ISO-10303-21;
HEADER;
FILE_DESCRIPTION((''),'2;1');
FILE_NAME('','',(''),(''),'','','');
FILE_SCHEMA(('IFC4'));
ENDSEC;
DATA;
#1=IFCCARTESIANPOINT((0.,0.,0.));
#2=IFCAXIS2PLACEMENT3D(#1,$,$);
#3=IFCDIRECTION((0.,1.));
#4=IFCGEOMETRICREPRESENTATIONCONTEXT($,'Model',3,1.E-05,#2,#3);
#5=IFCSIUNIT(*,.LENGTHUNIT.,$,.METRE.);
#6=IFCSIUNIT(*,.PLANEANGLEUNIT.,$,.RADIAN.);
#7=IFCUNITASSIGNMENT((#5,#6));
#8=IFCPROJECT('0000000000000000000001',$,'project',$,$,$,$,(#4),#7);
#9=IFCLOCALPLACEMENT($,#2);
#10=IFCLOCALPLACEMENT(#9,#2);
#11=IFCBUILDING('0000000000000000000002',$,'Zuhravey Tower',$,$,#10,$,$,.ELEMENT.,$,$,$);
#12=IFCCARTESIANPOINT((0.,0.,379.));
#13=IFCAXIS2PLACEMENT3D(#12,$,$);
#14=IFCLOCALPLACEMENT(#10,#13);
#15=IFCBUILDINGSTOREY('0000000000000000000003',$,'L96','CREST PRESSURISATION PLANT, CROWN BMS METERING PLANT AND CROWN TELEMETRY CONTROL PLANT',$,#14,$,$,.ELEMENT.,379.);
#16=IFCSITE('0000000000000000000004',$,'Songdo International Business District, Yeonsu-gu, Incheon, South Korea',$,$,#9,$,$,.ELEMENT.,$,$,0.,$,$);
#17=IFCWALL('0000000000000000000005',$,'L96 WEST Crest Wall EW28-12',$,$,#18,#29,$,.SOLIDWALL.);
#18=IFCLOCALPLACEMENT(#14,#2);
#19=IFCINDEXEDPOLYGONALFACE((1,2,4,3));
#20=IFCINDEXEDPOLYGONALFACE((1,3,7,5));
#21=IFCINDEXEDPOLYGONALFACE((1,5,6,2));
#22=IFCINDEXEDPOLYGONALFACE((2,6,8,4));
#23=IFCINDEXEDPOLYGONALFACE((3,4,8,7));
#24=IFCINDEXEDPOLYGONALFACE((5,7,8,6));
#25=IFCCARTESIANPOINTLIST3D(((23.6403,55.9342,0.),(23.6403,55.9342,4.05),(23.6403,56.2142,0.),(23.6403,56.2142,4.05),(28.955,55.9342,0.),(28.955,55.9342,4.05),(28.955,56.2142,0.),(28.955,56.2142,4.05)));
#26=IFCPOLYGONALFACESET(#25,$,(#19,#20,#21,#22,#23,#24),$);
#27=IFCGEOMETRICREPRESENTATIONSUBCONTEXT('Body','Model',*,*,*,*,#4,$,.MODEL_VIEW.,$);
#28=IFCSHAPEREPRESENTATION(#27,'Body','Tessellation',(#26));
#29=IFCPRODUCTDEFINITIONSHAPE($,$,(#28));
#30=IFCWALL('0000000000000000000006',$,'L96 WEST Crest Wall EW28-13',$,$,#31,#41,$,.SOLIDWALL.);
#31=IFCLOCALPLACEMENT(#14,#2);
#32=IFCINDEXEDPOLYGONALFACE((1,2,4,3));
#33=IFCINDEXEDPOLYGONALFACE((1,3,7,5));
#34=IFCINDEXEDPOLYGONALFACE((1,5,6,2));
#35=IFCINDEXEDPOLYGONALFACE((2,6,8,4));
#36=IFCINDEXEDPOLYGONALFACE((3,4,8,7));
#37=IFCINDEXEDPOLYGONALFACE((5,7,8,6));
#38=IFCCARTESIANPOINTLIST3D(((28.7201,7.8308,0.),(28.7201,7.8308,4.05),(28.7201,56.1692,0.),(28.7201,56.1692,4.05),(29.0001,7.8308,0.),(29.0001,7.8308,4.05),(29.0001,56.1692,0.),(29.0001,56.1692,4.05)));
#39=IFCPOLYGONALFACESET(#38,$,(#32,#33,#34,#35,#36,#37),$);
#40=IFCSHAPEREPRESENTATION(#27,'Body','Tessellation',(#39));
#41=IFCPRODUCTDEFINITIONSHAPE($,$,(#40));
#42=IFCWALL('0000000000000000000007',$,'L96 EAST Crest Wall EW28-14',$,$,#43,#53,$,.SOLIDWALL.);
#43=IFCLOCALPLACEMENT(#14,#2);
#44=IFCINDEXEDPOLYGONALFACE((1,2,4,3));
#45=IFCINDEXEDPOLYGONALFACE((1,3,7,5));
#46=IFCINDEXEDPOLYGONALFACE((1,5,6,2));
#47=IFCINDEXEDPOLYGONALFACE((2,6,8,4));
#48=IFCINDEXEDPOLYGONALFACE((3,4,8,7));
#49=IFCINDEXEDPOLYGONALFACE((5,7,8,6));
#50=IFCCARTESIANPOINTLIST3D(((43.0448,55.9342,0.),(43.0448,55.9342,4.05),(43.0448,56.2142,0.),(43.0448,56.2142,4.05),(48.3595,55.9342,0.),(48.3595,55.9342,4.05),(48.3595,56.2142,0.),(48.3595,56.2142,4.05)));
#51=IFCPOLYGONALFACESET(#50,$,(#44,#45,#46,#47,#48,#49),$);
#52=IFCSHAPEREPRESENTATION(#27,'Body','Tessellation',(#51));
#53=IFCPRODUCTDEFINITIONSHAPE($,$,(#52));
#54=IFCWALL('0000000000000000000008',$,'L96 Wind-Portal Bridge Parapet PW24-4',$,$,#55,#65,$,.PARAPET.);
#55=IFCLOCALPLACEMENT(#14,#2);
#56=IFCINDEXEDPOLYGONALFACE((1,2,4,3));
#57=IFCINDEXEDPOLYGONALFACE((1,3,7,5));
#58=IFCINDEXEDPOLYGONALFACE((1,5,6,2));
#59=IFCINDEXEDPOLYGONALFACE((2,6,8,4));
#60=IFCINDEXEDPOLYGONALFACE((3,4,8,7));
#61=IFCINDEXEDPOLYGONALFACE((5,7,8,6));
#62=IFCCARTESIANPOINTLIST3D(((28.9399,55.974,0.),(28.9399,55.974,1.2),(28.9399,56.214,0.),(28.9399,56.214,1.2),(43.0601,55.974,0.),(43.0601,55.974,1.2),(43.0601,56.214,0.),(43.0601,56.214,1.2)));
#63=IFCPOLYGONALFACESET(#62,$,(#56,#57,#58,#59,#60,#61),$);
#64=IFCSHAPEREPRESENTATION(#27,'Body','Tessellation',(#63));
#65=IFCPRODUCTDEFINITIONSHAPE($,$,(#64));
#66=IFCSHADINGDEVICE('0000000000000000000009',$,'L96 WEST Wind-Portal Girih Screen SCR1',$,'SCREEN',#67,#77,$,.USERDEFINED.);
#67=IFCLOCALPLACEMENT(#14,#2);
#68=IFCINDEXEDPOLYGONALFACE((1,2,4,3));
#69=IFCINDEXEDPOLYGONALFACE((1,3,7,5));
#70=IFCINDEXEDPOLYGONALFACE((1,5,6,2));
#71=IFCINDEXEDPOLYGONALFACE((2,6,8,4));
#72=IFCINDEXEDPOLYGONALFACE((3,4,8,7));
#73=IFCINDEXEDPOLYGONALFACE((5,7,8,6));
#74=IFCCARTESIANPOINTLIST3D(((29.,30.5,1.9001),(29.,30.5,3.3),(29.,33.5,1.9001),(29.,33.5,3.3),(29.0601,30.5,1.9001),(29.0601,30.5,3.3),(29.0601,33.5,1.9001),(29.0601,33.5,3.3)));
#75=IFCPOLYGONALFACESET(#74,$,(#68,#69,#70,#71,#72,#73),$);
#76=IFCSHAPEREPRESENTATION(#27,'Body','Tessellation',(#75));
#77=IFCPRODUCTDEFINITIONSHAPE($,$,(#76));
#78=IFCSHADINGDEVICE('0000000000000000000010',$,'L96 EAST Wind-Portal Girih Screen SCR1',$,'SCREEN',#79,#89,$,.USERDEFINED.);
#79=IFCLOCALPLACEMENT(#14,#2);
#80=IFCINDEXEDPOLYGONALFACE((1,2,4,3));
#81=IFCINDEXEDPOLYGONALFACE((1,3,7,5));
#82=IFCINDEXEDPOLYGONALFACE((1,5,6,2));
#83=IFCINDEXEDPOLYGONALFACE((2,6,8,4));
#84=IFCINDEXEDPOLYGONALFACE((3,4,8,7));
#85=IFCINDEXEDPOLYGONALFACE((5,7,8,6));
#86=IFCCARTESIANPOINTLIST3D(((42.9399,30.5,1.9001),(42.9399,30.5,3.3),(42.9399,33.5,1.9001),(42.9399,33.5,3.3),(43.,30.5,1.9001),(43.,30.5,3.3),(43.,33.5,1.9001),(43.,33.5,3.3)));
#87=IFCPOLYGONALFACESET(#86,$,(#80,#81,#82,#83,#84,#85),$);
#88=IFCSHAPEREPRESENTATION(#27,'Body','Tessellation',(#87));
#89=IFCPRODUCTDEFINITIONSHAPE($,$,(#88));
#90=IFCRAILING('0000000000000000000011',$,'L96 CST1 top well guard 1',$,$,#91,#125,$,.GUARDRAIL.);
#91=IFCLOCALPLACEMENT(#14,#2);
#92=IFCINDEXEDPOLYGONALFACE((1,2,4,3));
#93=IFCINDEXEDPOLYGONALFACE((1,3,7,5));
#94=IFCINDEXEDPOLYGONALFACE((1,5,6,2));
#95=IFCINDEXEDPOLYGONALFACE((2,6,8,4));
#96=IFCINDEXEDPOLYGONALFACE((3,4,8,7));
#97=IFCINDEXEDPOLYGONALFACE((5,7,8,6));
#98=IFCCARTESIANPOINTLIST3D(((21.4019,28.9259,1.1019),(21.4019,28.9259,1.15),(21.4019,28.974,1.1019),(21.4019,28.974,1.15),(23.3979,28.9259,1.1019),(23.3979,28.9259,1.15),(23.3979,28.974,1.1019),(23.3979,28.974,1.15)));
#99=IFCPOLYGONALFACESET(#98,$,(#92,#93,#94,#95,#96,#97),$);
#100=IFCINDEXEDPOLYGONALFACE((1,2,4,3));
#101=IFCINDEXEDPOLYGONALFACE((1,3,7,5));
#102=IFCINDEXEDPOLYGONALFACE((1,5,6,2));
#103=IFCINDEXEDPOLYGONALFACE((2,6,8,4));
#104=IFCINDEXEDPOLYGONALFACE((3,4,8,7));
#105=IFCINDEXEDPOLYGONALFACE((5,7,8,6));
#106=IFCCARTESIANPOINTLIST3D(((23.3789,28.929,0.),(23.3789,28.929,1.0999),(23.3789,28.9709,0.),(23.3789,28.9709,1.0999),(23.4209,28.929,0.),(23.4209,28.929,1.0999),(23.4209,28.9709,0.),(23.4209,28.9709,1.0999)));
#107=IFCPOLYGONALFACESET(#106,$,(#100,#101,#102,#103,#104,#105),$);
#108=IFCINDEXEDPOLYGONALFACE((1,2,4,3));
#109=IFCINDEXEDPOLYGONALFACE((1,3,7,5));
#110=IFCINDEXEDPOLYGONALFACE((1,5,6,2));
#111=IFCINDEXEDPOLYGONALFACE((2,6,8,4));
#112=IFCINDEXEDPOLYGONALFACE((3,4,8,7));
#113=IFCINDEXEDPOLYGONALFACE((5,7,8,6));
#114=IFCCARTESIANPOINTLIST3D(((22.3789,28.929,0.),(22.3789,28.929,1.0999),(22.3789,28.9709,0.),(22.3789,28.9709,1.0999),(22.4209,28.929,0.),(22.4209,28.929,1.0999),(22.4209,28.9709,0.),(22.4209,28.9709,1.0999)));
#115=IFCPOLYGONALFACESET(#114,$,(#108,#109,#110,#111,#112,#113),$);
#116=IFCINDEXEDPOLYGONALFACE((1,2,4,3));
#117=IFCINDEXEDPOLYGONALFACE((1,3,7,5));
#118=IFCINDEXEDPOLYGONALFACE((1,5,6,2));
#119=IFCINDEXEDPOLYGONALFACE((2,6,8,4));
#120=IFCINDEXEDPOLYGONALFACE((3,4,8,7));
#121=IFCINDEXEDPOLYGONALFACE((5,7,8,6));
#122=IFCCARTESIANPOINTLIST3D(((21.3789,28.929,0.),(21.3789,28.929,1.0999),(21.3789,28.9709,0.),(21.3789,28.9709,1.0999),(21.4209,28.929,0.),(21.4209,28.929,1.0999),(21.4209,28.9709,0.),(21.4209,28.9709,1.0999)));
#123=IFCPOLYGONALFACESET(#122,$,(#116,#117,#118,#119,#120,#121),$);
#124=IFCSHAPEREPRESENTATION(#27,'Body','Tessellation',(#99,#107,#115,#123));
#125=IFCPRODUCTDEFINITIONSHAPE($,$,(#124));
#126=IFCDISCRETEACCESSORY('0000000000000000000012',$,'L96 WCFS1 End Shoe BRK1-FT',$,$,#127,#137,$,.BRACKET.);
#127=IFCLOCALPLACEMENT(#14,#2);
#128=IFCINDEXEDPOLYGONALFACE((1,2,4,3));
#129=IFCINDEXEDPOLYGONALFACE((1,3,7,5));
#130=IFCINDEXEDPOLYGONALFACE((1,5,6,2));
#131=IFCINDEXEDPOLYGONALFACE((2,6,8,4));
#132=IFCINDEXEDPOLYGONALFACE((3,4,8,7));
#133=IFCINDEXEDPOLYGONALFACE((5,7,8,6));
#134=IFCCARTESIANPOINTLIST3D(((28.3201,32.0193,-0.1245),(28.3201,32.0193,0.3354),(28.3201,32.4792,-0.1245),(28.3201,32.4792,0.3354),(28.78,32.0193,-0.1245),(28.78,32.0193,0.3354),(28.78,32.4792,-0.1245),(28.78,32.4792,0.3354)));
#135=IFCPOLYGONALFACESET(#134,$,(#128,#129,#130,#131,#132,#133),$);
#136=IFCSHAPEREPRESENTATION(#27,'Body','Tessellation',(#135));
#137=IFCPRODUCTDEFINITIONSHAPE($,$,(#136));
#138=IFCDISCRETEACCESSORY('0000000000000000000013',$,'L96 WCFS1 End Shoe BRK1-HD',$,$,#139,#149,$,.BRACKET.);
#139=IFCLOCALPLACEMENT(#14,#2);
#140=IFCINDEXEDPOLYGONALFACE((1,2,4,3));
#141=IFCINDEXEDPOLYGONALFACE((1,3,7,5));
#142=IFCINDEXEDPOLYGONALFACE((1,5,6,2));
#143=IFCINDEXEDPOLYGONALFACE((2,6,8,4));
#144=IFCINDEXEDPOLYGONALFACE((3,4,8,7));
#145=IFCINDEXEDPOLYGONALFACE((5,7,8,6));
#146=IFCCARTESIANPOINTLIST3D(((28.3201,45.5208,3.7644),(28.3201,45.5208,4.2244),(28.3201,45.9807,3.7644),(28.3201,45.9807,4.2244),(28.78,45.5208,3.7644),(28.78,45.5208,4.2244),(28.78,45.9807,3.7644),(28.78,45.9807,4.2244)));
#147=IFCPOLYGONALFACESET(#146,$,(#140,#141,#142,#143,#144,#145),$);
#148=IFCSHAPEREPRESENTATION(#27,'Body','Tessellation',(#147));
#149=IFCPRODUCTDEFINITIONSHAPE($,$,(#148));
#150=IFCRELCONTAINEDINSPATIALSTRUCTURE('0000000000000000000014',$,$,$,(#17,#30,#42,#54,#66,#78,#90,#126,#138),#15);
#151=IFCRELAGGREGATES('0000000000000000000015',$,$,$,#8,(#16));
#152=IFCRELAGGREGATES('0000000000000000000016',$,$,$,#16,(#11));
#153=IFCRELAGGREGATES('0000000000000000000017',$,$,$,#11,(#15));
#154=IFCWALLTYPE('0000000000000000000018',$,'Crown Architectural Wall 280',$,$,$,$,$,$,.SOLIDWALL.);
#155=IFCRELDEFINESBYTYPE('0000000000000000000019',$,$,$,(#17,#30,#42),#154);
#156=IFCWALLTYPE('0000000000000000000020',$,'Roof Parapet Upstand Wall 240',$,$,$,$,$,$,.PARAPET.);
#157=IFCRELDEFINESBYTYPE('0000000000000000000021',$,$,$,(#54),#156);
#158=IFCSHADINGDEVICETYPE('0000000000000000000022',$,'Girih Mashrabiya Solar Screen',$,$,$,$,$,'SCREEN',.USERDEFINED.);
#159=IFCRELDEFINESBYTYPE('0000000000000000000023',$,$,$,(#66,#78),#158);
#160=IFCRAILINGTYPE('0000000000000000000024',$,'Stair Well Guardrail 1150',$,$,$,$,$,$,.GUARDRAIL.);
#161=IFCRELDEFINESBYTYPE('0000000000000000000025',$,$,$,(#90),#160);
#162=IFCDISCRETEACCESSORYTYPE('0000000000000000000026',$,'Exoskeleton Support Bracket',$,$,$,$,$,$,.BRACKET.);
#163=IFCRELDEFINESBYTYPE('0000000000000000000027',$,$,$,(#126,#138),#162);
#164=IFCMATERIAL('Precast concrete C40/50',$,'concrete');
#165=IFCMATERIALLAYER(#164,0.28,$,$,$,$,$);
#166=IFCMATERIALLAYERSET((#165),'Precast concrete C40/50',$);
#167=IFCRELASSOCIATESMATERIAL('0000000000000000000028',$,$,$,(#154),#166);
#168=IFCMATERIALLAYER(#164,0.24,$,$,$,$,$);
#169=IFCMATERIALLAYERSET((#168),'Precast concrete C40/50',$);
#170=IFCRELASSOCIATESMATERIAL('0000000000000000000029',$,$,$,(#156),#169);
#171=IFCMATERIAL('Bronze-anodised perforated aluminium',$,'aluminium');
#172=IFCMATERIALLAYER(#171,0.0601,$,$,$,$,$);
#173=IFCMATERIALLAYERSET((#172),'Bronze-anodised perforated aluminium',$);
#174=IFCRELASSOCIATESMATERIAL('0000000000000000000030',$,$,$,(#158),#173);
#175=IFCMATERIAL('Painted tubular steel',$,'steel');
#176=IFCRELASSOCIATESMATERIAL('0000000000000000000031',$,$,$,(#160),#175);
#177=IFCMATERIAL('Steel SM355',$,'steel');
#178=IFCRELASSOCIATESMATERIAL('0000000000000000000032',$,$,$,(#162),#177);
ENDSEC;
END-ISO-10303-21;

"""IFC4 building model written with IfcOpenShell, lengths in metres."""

from ifc_helpers import new_model, si_unit, direction, frame, frame_2d, origin, origin_2d, place, context, subcontext, project, spatial, rectangle, extrude, material, layer, layer_set, type_object, element, save


model = new_model("IFC4")

# Units and contexts
model_context = context("Model", 3, precision=1e-05, world=origin(), true_north=direction((0.0, 1.0)))
body_context = subcontext(model_context, "Body", "Model", "MODEL_VIEW")
ifc_project = project(units=[si_unit("LENGTHUNIT", "METRE"), si_unit("PLANEANGLEUNIT", "RADIAN")], contexts=[model_context])

# Site, building, storey
site_placement = place(None, origin())
site = spatial("IfcSite", under=ifc_project, at=site_placement, Name="Songdo International Business District, Yeonsu-gu, Incheon, South Korea", CompositionType="ELEMENT", RefElevation=0.0)
building_placement = place(site_placement, origin())
building = spatial("IfcBuilding", under=site, at=building_placement, Name="Zuhravey Tower", CompositionType="ELEMENT")
storey_placement = place(building_placement, frame((0.0, 0.0, 379.0)))
storey = spatial("IfcBuildingStorey", under=building, at=storey_placement, Name="L96", Description="CREST PRESSURISATION PLANT, CROWN BMS METERING PLANT AND CROWN TELEMETRY CONTROL PLANT", CompositionType="ELEMENT", Elevation=379.0)

# Shared definitions
ifc_material_1 = material(Name="Steel SM355", Category="steel")

# Walls
ifc_material_2 = material(Name="Precast concrete C40/50", Category="concrete")
ifc_layer_1 = layer(ifc_material_2, 0.28)
ifc_layer_set_1 = layer_set([ifc_layer_1], Name="Precast concrete C40/50")
wall_type_1 = type_object("IfcWallType", Name="Crown Architectural Wall 280", PredefinedType="SOLIDWALL", material=ifc_layer_set_1)
wall_1_placement = place(storey_placement, frame((23.6404, 56.0742, 0.0), z_axis=(0.0, 0.0, 1.0), x_axis=(1.0, 0.0, 0.0)))
element("IfcWall", 1, at=wall_1_placement, inside=storey, type_object=wall_type_1, Name="L96 WEST Crest Wall EW28-12", PredefinedType="SOLIDWALL", context=body_context, shape_type="SweptSolid", body=[
    extrude(rectangle(XDim=5.3147, YDim=0.28, at=frame_2d((2.6572, 0.0))), origin(), (0.0, 0.0, 1.0), 4.05),
])
wall_2_placement = place(storey_placement, frame((28.8601, 56.1692, 0.0), z_axis=(0.0, 0.0, 1.0), x_axis=(0.0, -1.0, 0.0)))
element("IfcWall", 2, at=wall_2_placement, inside=storey, type_object=wall_type_1, Name="L96 WEST Crest Wall EW28-13", PredefinedType="SOLIDWALL", context=body_context, shape_type="SweptSolid", body=[
    extrude(rectangle(XDim=48.3384, YDim=0.28, at=frame_2d((24.1692, 0.0))), origin(), (0.0, 0.0, 1.0), 4.05),
])
wall_3_placement = place(storey_placement, frame((43.0449, 56.0742, 0.0), z_axis=(0.0, 0.0, 1.0), x_axis=(1.0, 0.0, 0.0)))
element("IfcWall", 3, at=wall_3_placement, inside=storey, type_object=wall_type_1, Name="L96 EAST Crest Wall EW28-14", PredefinedType="SOLIDWALL", context=body_context, shape_type="SweptSolid", body=[
    extrude(rectangle(XDim=5.3147, YDim=0.28, at=frame_2d((2.6572, 0.0))), origin(), (0.0, 0.0, 1.0), 4.05),
])
ifc_layer_2 = layer(ifc_material_2, 0.24)
ifc_layer_set_2 = layer_set([ifc_layer_2], Name="Precast concrete C40/50")
wall_type_2 = type_object("IfcWallType", Name="Roof Parapet Upstand Wall 240", PredefinedType="PARAPET", material=ifc_layer_set_2)
wall_4_placement = place(storey_placement, frame((28.9399, 56.094, 0.0), z_axis=(0.0, 0.0, 1.0), x_axis=(1.0, 0.0, 0.0)))
element("IfcWall", 4, at=wall_4_placement, inside=storey, type_object=wall_type_2, Name="L96 Wind-Portal Bridge Parapet PW24-4", PredefinedType="PARAPET", context=body_context, shape_type="SweptSolid", body=[
    extrude(rectangle(XDim=14.1201, YDim=0.24, at=frame_2d((7.0601, 0.0))), origin(), (0.0, 0.0, 1.0), 1.2),
])

# Shading devices
ifc_material_3 = material(Name="Bronze-anodised perforated aluminium", Category="aluminium")
ifc_layer_3 = layer(ifc_material_3, 0.0601)
ifc_layer_set_3 = layer_set([ifc_layer_3], Name="Bronze-anodised perforated aluminium")
shading_device_type = type_object("IfcShadingDeviceType", Name="Girih Mashrabiya Solar Screen", ElementType="SCREEN", PredefinedType="USERDEFINED", material=ifc_layer_set_3)
for number, where, z_axis, x_axis, name in (
    (5, (29.03, 32.0, 1.9001), (0.0, 0.0, 1.0), (0.0, 1.0, 0.0), "L96 WEST Wind-Portal Girih Screen SCR1"),
    (6, (42.97, 32.0, 1.9001), (0.0, 0.0, 1.0), (0.0, 1.0, 0.0), "L96 EAST Wind-Portal Girih Screen SCR1"),
):
    element("IfcShadingDevice", number, at=place(storey_placement, frame(where, z_axis=z_axis, x_axis=x_axis)), inside=storey, type_object=shading_device_type, Name=name, ObjectType="SCREEN", PredefinedType="USERDEFINED", context=body_context, shape_type="SweptSolid", body=[
        extrude(rectangle(XDim=3.0, YDim=0.0601, at=origin_2d()), origin(), (0.0, 0.0, 1.0), 1.3999),
    ])

# Railing
ifc_material_4 = material(Name="Painted tubular steel", Category="steel")
railing_type = type_object("IfcRailingType", Name="Stair Well Guardrail 1150", PredefinedType="GUARDRAIL", material=ifc_material_4)
railing_placement = place(storey_placement, frame((23.3999, 28.95, 0.0)))
element("IfcRailing", 7, at=railing_placement, inside=storey, type_object=railing_type, Name="L96 CST1 top well guard 1", PredefinedType="GUARDRAIL", context=body_context, shape_type="SweptSolid", body=[
    extrude(rectangle(XDim=0.0481, YDim=0.0481, at=origin_2d()), frame((-0.002, 0.0, 1.126), z_axis=(-1.0, 0.0, 0.0), x_axis=(0.0, -1.0, 0.0)), (0.0, 0.0, 1.0), 1.9961),
    extrude(rectangle(XDim=0.042, YDim=0.042, at=origin_2d()), origin(), (0.0, 0.0, 1.0), 1.0999),
    extrude(rectangle(XDim=0.042, YDim=0.042, at=origin_2d()), frame((-1.0, 0.0, 0.0)), (0.0, 0.0, 1.0), 1.0999),
    extrude(rectangle(XDim=0.042, YDim=0.042, at=origin_2d()), frame((-2.0, 0.0, 0.0)), (0.0, 0.0, 1.0), 1.0999),
])

# Discrete accessories
discrete_accessory_type = type_object("IfcDiscreteAccessoryType", Name="Exoskeleton Support Bracket", PredefinedType="BRACKET", material=ifc_material_1)
for number, where, z_axis, x_axis, name in (
    (8, (28.55, 32.2493, -0.1245), (0.0, 0.0, 1.0), (1.0, 0.0, 0.0), "L96 WCFS1 End Shoe BRK1-FT"),
    (9, (28.55, 45.7507, 3.7644), (0.0, 0.0, 1.0), (1.0, 0.0, 0.0), "L96 WCFS1 End Shoe BRK1-HD"),
):
    element("IfcDiscreteAccessory", number, at=place(storey_placement, frame(where, z_axis=z_axis, x_axis=x_axis)), inside=storey, type_object=discrete_accessory_type, Name=name, PredefinedType="BRACKET", context=body_context, shape_type="SweptSolid", body=[
        extrude(rectangle(XDim=0.46, YDim=0.46, at=origin_2d()), origin(), (0.0, 0.0, 1.0), 0.46),
    ])

save(model, "model.ifc")
